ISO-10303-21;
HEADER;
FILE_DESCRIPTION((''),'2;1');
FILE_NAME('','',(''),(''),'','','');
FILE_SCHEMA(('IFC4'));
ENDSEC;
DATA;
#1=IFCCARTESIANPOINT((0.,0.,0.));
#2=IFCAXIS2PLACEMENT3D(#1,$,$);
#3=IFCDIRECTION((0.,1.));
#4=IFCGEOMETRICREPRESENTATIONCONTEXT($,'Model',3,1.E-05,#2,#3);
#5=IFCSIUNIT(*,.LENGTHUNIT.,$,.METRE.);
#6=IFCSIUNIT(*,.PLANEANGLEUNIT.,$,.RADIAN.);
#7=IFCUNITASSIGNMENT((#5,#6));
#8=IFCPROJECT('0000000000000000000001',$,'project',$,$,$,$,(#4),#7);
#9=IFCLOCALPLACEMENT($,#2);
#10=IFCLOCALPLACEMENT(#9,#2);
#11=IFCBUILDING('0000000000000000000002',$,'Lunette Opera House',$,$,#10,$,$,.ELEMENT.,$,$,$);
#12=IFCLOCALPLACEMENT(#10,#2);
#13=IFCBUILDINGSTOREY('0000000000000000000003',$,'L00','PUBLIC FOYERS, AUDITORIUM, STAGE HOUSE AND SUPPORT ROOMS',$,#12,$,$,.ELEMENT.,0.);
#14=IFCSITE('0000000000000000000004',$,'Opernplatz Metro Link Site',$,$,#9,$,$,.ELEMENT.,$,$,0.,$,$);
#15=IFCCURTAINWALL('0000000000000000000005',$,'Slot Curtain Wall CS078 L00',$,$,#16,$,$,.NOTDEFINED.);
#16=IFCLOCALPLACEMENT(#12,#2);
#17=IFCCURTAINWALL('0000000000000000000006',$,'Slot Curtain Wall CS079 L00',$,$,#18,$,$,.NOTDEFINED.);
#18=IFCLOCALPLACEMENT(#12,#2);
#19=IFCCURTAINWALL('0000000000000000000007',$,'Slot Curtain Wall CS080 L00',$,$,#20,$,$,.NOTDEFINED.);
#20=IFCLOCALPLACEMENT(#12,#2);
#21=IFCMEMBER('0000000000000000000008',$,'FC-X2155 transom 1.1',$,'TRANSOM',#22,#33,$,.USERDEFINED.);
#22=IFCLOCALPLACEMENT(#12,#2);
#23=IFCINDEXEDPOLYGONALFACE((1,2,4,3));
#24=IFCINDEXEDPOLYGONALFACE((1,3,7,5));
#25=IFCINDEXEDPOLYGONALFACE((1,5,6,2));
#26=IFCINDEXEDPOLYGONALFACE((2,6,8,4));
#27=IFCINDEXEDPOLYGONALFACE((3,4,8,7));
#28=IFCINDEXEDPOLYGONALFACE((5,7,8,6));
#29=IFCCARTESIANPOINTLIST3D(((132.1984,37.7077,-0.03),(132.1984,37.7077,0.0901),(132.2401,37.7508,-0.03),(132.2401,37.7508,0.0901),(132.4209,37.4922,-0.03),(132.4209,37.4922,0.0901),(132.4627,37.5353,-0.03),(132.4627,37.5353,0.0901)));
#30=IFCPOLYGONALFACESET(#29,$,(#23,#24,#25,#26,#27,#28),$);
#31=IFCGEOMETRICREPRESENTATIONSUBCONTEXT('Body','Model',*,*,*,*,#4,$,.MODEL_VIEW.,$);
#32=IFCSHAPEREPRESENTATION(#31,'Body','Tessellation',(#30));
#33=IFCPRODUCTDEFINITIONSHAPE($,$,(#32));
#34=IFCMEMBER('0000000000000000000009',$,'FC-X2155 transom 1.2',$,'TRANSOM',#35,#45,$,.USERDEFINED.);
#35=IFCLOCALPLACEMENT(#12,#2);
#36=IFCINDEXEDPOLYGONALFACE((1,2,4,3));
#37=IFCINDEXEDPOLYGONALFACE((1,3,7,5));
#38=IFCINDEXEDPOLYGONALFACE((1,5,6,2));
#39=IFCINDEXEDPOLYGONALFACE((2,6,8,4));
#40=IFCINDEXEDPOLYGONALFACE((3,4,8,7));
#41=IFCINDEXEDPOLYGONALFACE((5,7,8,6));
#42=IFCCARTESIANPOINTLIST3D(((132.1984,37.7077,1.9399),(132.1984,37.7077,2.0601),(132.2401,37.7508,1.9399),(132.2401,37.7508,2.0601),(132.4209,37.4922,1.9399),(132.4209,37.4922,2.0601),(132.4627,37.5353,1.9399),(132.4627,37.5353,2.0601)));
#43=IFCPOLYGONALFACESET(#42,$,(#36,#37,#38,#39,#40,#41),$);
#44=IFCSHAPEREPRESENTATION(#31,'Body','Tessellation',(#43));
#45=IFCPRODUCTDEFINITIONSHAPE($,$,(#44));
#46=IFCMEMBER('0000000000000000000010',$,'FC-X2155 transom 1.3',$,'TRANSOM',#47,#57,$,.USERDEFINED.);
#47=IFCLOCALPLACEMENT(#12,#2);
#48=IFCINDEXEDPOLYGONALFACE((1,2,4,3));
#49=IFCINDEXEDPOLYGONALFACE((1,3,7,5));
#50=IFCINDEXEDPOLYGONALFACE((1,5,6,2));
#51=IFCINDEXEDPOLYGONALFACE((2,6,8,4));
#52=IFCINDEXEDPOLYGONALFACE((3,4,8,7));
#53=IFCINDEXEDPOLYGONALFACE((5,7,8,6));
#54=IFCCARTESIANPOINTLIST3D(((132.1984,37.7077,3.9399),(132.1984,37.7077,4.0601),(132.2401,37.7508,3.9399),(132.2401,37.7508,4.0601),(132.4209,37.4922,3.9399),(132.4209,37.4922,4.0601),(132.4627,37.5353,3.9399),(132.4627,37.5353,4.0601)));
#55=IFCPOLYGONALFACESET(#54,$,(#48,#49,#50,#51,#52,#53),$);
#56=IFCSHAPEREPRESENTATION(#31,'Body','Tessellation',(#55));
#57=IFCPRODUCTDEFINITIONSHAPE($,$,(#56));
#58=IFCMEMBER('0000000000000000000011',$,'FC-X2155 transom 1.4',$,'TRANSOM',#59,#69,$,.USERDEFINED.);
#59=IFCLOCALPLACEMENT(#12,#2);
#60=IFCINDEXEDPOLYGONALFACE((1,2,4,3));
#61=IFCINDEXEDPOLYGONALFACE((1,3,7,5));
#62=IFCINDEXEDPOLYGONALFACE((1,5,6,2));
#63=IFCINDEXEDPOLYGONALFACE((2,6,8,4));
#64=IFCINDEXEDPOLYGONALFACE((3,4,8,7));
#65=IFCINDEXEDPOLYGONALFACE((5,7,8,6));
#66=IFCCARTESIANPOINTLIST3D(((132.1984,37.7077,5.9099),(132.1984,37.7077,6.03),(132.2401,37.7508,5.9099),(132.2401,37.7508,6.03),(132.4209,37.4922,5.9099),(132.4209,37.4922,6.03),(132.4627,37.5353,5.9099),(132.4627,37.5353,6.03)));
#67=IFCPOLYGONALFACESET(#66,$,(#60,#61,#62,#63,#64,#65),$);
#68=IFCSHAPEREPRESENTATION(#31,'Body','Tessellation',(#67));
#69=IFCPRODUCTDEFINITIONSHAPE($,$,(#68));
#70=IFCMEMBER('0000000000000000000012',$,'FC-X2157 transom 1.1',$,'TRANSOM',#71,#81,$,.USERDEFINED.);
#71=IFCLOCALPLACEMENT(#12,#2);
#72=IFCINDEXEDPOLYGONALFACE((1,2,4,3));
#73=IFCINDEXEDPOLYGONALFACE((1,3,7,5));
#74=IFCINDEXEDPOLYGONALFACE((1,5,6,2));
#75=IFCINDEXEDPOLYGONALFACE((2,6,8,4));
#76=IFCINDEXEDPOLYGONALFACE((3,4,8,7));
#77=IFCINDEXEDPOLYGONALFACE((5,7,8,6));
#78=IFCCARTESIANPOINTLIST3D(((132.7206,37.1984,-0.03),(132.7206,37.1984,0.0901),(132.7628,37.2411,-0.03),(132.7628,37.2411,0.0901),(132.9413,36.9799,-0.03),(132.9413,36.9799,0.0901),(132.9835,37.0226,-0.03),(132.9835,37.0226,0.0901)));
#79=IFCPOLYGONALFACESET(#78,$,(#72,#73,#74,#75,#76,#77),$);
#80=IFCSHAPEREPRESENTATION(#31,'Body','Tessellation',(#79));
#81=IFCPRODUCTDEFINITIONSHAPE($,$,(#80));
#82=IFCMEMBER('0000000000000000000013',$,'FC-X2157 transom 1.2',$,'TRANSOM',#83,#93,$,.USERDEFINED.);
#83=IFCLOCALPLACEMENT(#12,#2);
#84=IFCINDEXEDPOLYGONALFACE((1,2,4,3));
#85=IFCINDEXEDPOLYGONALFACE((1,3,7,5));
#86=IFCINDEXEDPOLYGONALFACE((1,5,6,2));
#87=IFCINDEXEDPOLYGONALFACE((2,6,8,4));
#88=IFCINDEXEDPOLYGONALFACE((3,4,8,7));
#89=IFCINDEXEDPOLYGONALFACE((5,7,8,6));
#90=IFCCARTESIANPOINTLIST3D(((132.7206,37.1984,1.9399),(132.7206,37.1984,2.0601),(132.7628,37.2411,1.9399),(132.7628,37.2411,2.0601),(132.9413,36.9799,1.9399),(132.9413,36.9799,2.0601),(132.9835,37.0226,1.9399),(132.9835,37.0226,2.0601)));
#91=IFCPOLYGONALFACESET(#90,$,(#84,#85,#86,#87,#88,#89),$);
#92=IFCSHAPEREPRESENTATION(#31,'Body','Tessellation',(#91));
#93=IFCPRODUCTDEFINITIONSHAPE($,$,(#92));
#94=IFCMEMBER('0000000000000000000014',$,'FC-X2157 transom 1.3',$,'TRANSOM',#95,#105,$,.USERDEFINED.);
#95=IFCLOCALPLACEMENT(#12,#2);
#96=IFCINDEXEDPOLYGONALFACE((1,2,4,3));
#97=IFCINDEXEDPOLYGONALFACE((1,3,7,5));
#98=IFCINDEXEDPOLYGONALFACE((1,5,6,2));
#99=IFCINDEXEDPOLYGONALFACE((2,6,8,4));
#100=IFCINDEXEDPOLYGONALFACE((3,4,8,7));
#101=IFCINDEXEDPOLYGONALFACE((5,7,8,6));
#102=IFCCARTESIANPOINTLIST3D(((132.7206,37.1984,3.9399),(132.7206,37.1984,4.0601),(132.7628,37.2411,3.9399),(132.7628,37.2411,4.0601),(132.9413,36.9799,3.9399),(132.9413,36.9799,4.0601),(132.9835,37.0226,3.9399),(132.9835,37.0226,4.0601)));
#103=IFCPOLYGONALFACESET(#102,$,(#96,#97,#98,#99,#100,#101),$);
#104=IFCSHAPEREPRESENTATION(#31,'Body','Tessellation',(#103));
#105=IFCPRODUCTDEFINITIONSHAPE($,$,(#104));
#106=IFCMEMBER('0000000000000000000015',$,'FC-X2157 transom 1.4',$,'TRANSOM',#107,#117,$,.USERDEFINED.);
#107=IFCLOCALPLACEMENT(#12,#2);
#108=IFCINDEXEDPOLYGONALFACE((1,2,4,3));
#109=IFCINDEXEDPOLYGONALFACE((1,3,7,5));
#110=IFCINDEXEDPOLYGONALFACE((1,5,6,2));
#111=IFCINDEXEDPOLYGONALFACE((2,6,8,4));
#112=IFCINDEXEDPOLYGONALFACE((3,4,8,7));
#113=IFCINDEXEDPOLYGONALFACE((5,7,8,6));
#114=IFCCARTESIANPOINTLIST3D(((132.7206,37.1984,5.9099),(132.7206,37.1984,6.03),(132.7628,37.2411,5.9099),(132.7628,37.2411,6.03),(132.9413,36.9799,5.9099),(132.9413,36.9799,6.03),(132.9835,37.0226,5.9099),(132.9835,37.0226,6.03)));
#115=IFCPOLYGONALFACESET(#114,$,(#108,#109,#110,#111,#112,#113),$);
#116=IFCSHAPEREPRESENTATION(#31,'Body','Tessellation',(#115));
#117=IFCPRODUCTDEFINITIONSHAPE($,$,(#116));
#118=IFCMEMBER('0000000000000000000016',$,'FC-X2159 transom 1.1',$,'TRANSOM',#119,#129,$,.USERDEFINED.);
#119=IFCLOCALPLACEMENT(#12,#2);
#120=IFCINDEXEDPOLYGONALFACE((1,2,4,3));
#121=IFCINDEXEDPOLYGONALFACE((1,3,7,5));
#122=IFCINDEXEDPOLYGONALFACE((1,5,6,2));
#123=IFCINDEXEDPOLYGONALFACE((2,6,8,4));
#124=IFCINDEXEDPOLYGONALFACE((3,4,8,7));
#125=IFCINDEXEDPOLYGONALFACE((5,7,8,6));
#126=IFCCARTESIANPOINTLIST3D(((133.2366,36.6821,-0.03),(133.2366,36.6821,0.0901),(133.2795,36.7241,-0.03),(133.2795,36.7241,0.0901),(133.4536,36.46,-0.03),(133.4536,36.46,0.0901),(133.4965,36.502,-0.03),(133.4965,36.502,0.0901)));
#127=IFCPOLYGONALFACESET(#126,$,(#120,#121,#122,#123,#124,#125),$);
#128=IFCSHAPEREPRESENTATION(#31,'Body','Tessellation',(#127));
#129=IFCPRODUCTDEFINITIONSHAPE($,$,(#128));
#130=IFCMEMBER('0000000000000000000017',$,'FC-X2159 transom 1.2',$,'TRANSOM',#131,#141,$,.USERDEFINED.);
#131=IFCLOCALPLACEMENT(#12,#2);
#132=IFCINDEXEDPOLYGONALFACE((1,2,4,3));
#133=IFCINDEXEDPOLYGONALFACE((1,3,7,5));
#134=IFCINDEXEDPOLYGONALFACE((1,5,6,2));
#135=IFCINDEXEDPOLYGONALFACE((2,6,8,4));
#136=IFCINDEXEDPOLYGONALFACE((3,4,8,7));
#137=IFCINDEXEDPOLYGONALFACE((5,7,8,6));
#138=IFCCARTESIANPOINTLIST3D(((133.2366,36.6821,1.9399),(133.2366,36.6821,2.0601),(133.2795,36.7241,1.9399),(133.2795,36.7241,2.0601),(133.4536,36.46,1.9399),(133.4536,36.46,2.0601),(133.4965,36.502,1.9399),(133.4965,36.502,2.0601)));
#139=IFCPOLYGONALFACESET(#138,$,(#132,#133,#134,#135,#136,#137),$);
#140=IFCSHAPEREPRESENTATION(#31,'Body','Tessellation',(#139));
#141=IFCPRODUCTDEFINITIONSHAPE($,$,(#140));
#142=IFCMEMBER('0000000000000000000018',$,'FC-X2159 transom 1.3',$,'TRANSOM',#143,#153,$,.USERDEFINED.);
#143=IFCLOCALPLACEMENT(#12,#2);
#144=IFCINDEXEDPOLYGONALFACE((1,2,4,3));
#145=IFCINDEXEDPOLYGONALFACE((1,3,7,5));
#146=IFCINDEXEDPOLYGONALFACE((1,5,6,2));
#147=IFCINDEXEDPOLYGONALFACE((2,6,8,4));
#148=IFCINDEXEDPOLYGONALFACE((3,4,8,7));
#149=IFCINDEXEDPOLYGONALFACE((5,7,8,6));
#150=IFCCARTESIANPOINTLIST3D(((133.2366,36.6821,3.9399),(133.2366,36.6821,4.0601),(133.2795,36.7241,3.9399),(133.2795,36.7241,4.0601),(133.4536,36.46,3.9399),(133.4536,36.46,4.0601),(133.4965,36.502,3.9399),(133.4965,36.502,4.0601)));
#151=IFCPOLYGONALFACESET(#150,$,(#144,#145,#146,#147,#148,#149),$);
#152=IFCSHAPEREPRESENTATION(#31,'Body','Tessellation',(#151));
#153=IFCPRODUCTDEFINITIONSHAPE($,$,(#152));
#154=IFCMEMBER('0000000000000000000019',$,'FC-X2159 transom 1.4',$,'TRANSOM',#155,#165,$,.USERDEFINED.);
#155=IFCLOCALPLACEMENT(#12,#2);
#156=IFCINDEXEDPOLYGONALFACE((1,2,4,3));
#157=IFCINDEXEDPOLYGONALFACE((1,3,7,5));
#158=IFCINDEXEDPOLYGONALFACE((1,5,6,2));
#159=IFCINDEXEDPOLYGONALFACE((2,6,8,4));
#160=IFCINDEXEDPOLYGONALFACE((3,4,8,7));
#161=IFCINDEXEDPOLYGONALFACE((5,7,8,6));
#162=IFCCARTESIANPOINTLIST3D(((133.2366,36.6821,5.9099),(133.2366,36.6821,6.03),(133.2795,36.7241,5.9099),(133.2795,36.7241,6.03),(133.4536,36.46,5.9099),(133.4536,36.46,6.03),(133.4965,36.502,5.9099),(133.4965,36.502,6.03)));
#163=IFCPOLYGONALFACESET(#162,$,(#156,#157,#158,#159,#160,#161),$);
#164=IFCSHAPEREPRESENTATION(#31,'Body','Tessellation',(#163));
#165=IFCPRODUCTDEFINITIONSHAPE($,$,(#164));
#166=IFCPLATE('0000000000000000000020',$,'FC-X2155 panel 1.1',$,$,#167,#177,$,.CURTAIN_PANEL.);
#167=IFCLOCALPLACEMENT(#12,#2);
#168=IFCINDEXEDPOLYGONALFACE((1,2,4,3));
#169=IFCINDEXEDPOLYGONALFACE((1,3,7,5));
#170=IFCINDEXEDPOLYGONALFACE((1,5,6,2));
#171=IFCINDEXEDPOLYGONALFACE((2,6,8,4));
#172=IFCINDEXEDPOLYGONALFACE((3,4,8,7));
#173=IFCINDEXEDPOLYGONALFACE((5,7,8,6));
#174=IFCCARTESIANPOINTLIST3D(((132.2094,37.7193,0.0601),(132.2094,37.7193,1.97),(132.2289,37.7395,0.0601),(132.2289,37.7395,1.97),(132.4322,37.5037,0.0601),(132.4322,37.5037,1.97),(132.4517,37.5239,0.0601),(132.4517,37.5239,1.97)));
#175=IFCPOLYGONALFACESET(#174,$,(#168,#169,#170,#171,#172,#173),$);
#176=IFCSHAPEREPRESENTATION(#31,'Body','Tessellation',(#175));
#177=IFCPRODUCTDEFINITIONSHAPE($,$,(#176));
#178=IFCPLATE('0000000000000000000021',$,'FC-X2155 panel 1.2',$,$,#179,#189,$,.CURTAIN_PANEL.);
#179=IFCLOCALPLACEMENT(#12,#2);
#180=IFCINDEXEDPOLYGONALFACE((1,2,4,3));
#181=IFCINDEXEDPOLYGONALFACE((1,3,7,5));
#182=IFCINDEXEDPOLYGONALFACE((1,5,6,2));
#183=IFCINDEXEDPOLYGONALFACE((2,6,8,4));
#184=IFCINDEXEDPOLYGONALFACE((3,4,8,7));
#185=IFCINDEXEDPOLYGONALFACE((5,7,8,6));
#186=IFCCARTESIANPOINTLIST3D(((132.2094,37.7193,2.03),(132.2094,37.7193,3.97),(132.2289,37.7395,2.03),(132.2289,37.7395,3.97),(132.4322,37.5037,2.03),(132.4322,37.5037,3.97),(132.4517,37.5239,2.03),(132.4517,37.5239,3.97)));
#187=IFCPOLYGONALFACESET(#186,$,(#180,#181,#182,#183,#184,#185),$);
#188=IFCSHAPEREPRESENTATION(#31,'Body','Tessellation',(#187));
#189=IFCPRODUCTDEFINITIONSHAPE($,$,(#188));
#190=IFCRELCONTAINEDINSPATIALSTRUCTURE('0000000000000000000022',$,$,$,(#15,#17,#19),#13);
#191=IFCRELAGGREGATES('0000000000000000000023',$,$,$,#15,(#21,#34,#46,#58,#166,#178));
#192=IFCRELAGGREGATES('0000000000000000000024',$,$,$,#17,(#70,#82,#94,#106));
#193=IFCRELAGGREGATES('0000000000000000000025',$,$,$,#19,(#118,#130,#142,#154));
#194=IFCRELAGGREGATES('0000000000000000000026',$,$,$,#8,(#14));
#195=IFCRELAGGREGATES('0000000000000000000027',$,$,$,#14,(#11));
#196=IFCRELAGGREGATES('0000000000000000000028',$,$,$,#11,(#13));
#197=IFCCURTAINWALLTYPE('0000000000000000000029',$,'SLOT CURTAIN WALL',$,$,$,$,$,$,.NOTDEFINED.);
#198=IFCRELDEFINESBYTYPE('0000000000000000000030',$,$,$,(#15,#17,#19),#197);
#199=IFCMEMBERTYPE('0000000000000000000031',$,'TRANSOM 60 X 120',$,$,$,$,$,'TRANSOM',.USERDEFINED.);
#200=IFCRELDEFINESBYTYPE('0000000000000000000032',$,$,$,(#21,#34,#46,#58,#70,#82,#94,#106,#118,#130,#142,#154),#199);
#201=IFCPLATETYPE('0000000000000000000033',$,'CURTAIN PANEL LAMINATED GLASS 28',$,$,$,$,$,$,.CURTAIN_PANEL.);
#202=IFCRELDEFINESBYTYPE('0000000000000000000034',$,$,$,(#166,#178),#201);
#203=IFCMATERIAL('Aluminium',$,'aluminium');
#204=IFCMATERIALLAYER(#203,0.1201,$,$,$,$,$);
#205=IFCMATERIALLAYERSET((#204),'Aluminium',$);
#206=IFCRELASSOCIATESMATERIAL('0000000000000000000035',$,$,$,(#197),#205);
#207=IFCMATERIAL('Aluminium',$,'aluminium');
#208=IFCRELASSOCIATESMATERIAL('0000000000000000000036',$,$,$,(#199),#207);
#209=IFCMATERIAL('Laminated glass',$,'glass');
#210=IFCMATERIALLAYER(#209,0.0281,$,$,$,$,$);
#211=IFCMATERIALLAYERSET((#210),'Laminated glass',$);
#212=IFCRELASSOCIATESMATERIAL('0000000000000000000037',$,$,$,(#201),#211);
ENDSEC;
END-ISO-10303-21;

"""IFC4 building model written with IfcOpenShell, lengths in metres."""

from ifc_helpers import new_model, si_unit, direction, frame, origin, origin_2d, place, context, subcontext, project, spatial, rectangle, extrude, material, layer, layer_set, material_profile, profile_set, type_object, element, aggregate, save


model = new_model("IFC4")

# Units and contexts
model_context = context("Model", 3, precision=1e-05, world=origin(), true_north=direction((0.0, 1.0)))
body_context = subcontext(model_context, "Body", "Model", "MODEL_VIEW")
ifc_project = project(units=[si_unit("LENGTHUNIT", "METRE"), si_unit("PLANEANGLEUNIT", "RADIAN")], contexts=[model_context])

# Site, building, storey
site_placement = place(None, origin())
site = spatial("IfcSite", under=ifc_project, at=site_placement, Name="Opernplatz Metro Link Site", CompositionType="ELEMENT", RefElevation=0.0)
building_placement = place(site_placement, origin())
building = spatial("IfcBuilding", under=site, at=building_placement, Name="Lunette Opera House", CompositionType="ELEMENT")
storey_placement = place(building_placement, origin())
storey = spatial("IfcBuildingStorey", under=building, at=storey_placement, Name="L00", Description="PUBLIC FOYERS, AUDITORIUM, STAGE HOUSE AND SUPPORT ROOMS", CompositionType="ELEMENT", Elevation=0.0)

# Curtain walls
ifc_material_1 = material(Name="Aluminium", Category="aluminium")
ifc_layer_1 = layer(ifc_material_1, 0.1201)
ifc_layer_set_1 = layer_set([ifc_layer_1], Name="Aluminium")
curtain_wall_type = type_object("IfcCurtainWallType", Name="SLOT CURTAIN WALL", PredefinedType="NOTDEFINED", material=ifc_layer_set_1)
curtain_wall_1_placement = place(storey_placement, origin())
curtain_wall_1 = element("IfcCurtainWall", 1, at=curtain_wall_1_placement, inside=storey, type_object=curtain_wall_type, Name="Slot Curtain Wall CS078 L00", PredefinedType="NOTDEFINED")
curtain_wall_2_placement = place(storey_placement, origin())
curtain_wall_2 = element("IfcCurtainWall", 2, at=curtain_wall_2_placement, inside=storey, type_object=curtain_wall_type, Name="Slot Curtain Wall CS079 L00", PredefinedType="NOTDEFINED")

# Curtain wall
curtain_wall_3_placement = place(storey_placement, origin())
curtain_wall_3 = element("IfcCurtainWall", 3, at=curtain_wall_3_placement, inside=storey, type_object=curtain_wall_type, Name="Slot Curtain Wall CS080 L00", PredefinedType="NOTDEFINED")

# Members
ifc_material_2 = material(Name="Aluminium", Category="aluminium")
ifc_material_profile_1 = material_profile(ifc_material_2, rectangle(XDim=0.0601, YDim=0.1201, at=origin_2d()), Name="TRANSOM 60 X 120")
ifc_profile_set_1 = profile_set([ifc_material_profile_1], Name="Aluminium")
member_type_1 = type_object("IfcMemberType", Name="TRANSOM 60 X 120", ElementType="TRANSOM", PredefinedType="USERDEFINED", material=ifc_profile_set_1)
member_1_placement = place(storey_placement, frame((132.2192, 37.7292, 0.03), z_axis=(0.718437, -0.695592, 0.0), x_axis=(0.695592, 0.718437, 0.0)))
member_1 = element("IfcMember", 4, at=member_1_placement, type_object=member_type_1, Name="FC-X2155 transom 1.1", ObjectType="TRANSOM", PredefinedType="USERDEFINED", context=body_context, shape_type="SweptSolid", body=[
    extrude(rectangle(XDim=0.0601, YDim=0.1201, at=origin_2d()), origin(), (0.0, 0.0, 1.0), 0.3098),
])
member_2_placement = place(storey_placement, frame((132.2192, 37.7292, 2.0), z_axis=(0.718437, -0.695592, 0.0), x_axis=(0.695592, 0.718437, 0.0)))
member_2 = element("IfcMember", 5, at=member_2_placement, type_object=member_type_1, Name="FC-X2155 transom 1.2", ObjectType="TRANSOM", PredefinedType="USERDEFINED", context=body_context, shape_type="SweptSolid", body=[
    extrude(rectangle(XDim=0.0601, YDim=0.1201, at=origin_2d()), origin(), (0.0, 0.0, 1.0), 0.3098),
])
member_3_placement = place(storey_placement, frame((132.2192, 37.7292, 4.0), z_axis=(0.718437, -0.695592, 0.0), x_axis=(0.695592, 0.718437, 0.0)))
member_3 = element("IfcMember", 6, at=member_3_placement, type_object=member_type_1, Name="FC-X2155 transom 1.3", ObjectType="TRANSOM", PredefinedType="USERDEFINED", context=body_context, shape_type="SweptSolid", body=[
    extrude(rectangle(XDim=0.0601, YDim=0.1201, at=origin_2d()), origin(), (0.0, 0.0, 1.0), 0.3098),
])
member_4_placement = place(storey_placement, frame((132.2192, 37.7292, 5.97), z_axis=(0.718437, -0.695592, 0.0), x_axis=(0.695592, 0.718437, 0.0)))
member_4 = element("IfcMember", 7, at=member_4_placement, type_object=member_type_1, Name="FC-X2155 transom 1.4", ObjectType="TRANSOM", PredefinedType="USERDEFINED", context=body_context, shape_type="SweptSolid", body=[
    extrude(rectangle(XDim=0.0601, YDim=0.1201, at=origin_2d()), origin(), (0.0, 0.0, 1.0), 0.3098),
])
member_5_placement = place(storey_placement, frame((132.7417, 37.2197, 0.03), z_axis=(0.710635, -0.70356, 0.0), x_axis=(0.70356, 0.710635, 0.0)))
member_5 = element("IfcMember", 8, at=member_5_placement, type_object=member_type_1, Name="FC-X2157 transom 1.1", ObjectType="TRANSOM", PredefinedType="USERDEFINED", context=body_context, shape_type="SweptSolid", body=[
    extrude(rectangle(XDim=0.0601, YDim=0.1201, at=origin_2d()), origin(), (0.0, 0.0, 1.0), 0.3105),
])
member_6_placement = place(storey_placement, frame((132.7417, 37.2197, 2.0), z_axis=(0.710635, -0.70356, 0.0), x_axis=(0.70356, 0.710635, 0.0)))
member_6 = element("IfcMember", 9, at=member_6_placement, type_object=member_type_1, Name="FC-X2157 transom 1.2", ObjectType="TRANSOM", PredefinedType="USERDEFINED", context=body_context, shape_type="SweptSolid", body=[
    extrude(rectangle(XDim=0.0601, YDim=0.1201, at=origin_2d()), origin(), (0.0, 0.0, 1.0), 0.3105),
])
member_7_placement = place(storey_placement, frame((132.7417, 37.2197, 4.0), z_axis=(0.710635, -0.70356, 0.0), x_axis=(0.70356, 0.710635, 0.0)))
member_7 = element("IfcMember", 10, at=member_7_placement, type_object=member_type_1, Name="FC-X2157 transom 1.3", ObjectType="TRANSOM", PredefinedType="USERDEFINED", context=body_context, shape_type="SweptSolid", body=[
    extrude(rectangle(XDim=0.0601, YDim=0.1201, at=origin_2d()), origin(), (0.0, 0.0, 1.0), 0.3105),
])
member_8_placement = place(storey_placement, frame((132.7417, 37.2197, 5.97), z_axis=(0.710635, -0.70356, 0.0), x_axis=(0.70356, 0.710635, 0.0)))
member_8 = element("IfcMember", 11, at=member_8_placement, type_object=member_type_1, Name="FC-X2157 transom 1.4", ObjectType="TRANSOM", PredefinedType="USERDEFINED", context=body_context, shape_type="SweptSolid", body=[
    extrude(rectangle(XDim=0.0601, YDim=0.1201, at=origin_2d()), origin(), (0.0, 0.0, 1.0), 0.3105),
])
member_9_placement = place(storey_placement, frame((133.2581, 36.7031, 0.03), z_axis=(0.698805, -0.715312, 0.0), x_axis=(0.715312, 0.698805, 0.0)))
member_9 = element("IfcMember", 12, at=member_9_placement, type_object=member_type_1, Name="FC-X2159 transom 1.1", ObjectType="TRANSOM", PredefinedType="USERDEFINED", context=body_context, shape_type="SweptSolid", body=[
    extrude(rectangle(XDim=0.0601, YDim=0.1201, at=origin_2d()), origin(), (0.0, 0.0, 1.0), 0.3105),
])
member_10_placement = place(storey_placement, frame((133.2581, 36.7031, 2.0), z_axis=(0.698805, -0.715312, 0.0), x_axis=(0.715312, 0.698805, 0.0)))
member_10 = element("IfcMember", 13, at=member_10_placement, type_object=member_type_1, Name="FC-X2159 transom 1.2", ObjectType="TRANSOM", PredefinedType="USERDEFINED", context=body_context, shape_type="SweptSolid", body=[
    extrude(rectangle(XDim=0.0601, YDim=0.1201, at=origin_2d()), origin(), (0.0, 0.0, 1.0), 0.3105),
])
member_11_placement = place(storey_placement, frame((133.2581, 36.7031, 4.0), z_axis=(0.698805, -0.715312, 0.0), x_axis=(0.715312, 0.698805, 0.0)))
member_11 = element("IfcMember", 14, at=member_11_placement, type_object=member_type_1, Name="FC-X2159 transom 1.3", ObjectType="TRANSOM", PredefinedType="USERDEFINED", context=body_context, shape_type="SweptSolid", body=[
    extrude(rectangle(XDim=0.0601, YDim=0.1201, at=origin_2d()), origin(), (0.0, 0.0, 1.0), 0.3105),
])
member_12_placement = place(storey_placement, frame((133.2581, 36.7031, 5.97), z_axis=(0.698805, -0.715312, 0.0), x_axis=(0.715312, 0.698805, 0.0)))
member_12 = element("IfcMember", 15, at=member_12_placement, type_object=member_type_1, Name="FC-X2159 transom 1.4", ObjectType="TRANSOM", PredefinedType="USERDEFINED", context=body_context, shape_type="SweptSolid", body=[
    extrude(rectangle(XDim=0.0601, YDim=0.1201, at=origin_2d()), origin(), (0.0, 0.0, 1.0), 0.3105),
])

# Plates
ifc_material_3 = material(Name="Laminated glass", Category="glass")
ifc_layer_2 = layer(ifc_material_3, 0.0281)
ifc_layer_set_2 = layer_set([ifc_layer_2], Name="Laminated glass")
plate_type = type_object("IfcPlateType", Name="CURTAIN PANEL LAMINATED GLASS 28", PredefinedType="CURTAIN_PANEL", material=ifc_layer_set_2)
plate_1_placement = place(storey_placement, frame((132.3306, 37.6216, 0.0601), z_axis=(0.0, 0.0, 1.0), x_axis=(0.71864, -0.695383, 0.0)))
plate_1 = element("IfcPlate", 16, at=plate_1_placement, type_object=plate_type, Name="FC-X2155 panel 1.1", PredefinedType="CURTAIN_PANEL", context=body_context, shape_type="SweptSolid", body=[
    extrude(rectangle(XDim=0.3101, YDim=0.0281, at=origin_2d()), origin(), (0.0, 0.0, 1.0), 1.9099),
])
plate_2_placement = place(storey_placement, frame((132.3306, 37.6216, 2.03), z_axis=(0.0, 0.0, 1.0), x_axis=(0.71864, -0.695383, 0.0)))
plate_2 = element("IfcPlate", 17, at=plate_2_placement, type_object=plate_type, Name="FC-X2155 panel 1.2", PredefinedType="CURTAIN_PANEL", context=body_context, shape_type="SweptSolid", body=[
    extrude(rectangle(XDim=0.3101, YDim=0.0281, at=origin_2d()), origin(), (0.0, 0.0, 1.0), 1.9399),
])
aggregate(curtain_wall_1, [member_1, member_2, member_3, member_4, plate_1, plate_2])
aggregate(curtain_wall_2, [member_5, member_6, member_7, member_8])
aggregate(curtain_wall_3, [member_9, member_10, member_11, member_12])

save(model, "model.ifc")
